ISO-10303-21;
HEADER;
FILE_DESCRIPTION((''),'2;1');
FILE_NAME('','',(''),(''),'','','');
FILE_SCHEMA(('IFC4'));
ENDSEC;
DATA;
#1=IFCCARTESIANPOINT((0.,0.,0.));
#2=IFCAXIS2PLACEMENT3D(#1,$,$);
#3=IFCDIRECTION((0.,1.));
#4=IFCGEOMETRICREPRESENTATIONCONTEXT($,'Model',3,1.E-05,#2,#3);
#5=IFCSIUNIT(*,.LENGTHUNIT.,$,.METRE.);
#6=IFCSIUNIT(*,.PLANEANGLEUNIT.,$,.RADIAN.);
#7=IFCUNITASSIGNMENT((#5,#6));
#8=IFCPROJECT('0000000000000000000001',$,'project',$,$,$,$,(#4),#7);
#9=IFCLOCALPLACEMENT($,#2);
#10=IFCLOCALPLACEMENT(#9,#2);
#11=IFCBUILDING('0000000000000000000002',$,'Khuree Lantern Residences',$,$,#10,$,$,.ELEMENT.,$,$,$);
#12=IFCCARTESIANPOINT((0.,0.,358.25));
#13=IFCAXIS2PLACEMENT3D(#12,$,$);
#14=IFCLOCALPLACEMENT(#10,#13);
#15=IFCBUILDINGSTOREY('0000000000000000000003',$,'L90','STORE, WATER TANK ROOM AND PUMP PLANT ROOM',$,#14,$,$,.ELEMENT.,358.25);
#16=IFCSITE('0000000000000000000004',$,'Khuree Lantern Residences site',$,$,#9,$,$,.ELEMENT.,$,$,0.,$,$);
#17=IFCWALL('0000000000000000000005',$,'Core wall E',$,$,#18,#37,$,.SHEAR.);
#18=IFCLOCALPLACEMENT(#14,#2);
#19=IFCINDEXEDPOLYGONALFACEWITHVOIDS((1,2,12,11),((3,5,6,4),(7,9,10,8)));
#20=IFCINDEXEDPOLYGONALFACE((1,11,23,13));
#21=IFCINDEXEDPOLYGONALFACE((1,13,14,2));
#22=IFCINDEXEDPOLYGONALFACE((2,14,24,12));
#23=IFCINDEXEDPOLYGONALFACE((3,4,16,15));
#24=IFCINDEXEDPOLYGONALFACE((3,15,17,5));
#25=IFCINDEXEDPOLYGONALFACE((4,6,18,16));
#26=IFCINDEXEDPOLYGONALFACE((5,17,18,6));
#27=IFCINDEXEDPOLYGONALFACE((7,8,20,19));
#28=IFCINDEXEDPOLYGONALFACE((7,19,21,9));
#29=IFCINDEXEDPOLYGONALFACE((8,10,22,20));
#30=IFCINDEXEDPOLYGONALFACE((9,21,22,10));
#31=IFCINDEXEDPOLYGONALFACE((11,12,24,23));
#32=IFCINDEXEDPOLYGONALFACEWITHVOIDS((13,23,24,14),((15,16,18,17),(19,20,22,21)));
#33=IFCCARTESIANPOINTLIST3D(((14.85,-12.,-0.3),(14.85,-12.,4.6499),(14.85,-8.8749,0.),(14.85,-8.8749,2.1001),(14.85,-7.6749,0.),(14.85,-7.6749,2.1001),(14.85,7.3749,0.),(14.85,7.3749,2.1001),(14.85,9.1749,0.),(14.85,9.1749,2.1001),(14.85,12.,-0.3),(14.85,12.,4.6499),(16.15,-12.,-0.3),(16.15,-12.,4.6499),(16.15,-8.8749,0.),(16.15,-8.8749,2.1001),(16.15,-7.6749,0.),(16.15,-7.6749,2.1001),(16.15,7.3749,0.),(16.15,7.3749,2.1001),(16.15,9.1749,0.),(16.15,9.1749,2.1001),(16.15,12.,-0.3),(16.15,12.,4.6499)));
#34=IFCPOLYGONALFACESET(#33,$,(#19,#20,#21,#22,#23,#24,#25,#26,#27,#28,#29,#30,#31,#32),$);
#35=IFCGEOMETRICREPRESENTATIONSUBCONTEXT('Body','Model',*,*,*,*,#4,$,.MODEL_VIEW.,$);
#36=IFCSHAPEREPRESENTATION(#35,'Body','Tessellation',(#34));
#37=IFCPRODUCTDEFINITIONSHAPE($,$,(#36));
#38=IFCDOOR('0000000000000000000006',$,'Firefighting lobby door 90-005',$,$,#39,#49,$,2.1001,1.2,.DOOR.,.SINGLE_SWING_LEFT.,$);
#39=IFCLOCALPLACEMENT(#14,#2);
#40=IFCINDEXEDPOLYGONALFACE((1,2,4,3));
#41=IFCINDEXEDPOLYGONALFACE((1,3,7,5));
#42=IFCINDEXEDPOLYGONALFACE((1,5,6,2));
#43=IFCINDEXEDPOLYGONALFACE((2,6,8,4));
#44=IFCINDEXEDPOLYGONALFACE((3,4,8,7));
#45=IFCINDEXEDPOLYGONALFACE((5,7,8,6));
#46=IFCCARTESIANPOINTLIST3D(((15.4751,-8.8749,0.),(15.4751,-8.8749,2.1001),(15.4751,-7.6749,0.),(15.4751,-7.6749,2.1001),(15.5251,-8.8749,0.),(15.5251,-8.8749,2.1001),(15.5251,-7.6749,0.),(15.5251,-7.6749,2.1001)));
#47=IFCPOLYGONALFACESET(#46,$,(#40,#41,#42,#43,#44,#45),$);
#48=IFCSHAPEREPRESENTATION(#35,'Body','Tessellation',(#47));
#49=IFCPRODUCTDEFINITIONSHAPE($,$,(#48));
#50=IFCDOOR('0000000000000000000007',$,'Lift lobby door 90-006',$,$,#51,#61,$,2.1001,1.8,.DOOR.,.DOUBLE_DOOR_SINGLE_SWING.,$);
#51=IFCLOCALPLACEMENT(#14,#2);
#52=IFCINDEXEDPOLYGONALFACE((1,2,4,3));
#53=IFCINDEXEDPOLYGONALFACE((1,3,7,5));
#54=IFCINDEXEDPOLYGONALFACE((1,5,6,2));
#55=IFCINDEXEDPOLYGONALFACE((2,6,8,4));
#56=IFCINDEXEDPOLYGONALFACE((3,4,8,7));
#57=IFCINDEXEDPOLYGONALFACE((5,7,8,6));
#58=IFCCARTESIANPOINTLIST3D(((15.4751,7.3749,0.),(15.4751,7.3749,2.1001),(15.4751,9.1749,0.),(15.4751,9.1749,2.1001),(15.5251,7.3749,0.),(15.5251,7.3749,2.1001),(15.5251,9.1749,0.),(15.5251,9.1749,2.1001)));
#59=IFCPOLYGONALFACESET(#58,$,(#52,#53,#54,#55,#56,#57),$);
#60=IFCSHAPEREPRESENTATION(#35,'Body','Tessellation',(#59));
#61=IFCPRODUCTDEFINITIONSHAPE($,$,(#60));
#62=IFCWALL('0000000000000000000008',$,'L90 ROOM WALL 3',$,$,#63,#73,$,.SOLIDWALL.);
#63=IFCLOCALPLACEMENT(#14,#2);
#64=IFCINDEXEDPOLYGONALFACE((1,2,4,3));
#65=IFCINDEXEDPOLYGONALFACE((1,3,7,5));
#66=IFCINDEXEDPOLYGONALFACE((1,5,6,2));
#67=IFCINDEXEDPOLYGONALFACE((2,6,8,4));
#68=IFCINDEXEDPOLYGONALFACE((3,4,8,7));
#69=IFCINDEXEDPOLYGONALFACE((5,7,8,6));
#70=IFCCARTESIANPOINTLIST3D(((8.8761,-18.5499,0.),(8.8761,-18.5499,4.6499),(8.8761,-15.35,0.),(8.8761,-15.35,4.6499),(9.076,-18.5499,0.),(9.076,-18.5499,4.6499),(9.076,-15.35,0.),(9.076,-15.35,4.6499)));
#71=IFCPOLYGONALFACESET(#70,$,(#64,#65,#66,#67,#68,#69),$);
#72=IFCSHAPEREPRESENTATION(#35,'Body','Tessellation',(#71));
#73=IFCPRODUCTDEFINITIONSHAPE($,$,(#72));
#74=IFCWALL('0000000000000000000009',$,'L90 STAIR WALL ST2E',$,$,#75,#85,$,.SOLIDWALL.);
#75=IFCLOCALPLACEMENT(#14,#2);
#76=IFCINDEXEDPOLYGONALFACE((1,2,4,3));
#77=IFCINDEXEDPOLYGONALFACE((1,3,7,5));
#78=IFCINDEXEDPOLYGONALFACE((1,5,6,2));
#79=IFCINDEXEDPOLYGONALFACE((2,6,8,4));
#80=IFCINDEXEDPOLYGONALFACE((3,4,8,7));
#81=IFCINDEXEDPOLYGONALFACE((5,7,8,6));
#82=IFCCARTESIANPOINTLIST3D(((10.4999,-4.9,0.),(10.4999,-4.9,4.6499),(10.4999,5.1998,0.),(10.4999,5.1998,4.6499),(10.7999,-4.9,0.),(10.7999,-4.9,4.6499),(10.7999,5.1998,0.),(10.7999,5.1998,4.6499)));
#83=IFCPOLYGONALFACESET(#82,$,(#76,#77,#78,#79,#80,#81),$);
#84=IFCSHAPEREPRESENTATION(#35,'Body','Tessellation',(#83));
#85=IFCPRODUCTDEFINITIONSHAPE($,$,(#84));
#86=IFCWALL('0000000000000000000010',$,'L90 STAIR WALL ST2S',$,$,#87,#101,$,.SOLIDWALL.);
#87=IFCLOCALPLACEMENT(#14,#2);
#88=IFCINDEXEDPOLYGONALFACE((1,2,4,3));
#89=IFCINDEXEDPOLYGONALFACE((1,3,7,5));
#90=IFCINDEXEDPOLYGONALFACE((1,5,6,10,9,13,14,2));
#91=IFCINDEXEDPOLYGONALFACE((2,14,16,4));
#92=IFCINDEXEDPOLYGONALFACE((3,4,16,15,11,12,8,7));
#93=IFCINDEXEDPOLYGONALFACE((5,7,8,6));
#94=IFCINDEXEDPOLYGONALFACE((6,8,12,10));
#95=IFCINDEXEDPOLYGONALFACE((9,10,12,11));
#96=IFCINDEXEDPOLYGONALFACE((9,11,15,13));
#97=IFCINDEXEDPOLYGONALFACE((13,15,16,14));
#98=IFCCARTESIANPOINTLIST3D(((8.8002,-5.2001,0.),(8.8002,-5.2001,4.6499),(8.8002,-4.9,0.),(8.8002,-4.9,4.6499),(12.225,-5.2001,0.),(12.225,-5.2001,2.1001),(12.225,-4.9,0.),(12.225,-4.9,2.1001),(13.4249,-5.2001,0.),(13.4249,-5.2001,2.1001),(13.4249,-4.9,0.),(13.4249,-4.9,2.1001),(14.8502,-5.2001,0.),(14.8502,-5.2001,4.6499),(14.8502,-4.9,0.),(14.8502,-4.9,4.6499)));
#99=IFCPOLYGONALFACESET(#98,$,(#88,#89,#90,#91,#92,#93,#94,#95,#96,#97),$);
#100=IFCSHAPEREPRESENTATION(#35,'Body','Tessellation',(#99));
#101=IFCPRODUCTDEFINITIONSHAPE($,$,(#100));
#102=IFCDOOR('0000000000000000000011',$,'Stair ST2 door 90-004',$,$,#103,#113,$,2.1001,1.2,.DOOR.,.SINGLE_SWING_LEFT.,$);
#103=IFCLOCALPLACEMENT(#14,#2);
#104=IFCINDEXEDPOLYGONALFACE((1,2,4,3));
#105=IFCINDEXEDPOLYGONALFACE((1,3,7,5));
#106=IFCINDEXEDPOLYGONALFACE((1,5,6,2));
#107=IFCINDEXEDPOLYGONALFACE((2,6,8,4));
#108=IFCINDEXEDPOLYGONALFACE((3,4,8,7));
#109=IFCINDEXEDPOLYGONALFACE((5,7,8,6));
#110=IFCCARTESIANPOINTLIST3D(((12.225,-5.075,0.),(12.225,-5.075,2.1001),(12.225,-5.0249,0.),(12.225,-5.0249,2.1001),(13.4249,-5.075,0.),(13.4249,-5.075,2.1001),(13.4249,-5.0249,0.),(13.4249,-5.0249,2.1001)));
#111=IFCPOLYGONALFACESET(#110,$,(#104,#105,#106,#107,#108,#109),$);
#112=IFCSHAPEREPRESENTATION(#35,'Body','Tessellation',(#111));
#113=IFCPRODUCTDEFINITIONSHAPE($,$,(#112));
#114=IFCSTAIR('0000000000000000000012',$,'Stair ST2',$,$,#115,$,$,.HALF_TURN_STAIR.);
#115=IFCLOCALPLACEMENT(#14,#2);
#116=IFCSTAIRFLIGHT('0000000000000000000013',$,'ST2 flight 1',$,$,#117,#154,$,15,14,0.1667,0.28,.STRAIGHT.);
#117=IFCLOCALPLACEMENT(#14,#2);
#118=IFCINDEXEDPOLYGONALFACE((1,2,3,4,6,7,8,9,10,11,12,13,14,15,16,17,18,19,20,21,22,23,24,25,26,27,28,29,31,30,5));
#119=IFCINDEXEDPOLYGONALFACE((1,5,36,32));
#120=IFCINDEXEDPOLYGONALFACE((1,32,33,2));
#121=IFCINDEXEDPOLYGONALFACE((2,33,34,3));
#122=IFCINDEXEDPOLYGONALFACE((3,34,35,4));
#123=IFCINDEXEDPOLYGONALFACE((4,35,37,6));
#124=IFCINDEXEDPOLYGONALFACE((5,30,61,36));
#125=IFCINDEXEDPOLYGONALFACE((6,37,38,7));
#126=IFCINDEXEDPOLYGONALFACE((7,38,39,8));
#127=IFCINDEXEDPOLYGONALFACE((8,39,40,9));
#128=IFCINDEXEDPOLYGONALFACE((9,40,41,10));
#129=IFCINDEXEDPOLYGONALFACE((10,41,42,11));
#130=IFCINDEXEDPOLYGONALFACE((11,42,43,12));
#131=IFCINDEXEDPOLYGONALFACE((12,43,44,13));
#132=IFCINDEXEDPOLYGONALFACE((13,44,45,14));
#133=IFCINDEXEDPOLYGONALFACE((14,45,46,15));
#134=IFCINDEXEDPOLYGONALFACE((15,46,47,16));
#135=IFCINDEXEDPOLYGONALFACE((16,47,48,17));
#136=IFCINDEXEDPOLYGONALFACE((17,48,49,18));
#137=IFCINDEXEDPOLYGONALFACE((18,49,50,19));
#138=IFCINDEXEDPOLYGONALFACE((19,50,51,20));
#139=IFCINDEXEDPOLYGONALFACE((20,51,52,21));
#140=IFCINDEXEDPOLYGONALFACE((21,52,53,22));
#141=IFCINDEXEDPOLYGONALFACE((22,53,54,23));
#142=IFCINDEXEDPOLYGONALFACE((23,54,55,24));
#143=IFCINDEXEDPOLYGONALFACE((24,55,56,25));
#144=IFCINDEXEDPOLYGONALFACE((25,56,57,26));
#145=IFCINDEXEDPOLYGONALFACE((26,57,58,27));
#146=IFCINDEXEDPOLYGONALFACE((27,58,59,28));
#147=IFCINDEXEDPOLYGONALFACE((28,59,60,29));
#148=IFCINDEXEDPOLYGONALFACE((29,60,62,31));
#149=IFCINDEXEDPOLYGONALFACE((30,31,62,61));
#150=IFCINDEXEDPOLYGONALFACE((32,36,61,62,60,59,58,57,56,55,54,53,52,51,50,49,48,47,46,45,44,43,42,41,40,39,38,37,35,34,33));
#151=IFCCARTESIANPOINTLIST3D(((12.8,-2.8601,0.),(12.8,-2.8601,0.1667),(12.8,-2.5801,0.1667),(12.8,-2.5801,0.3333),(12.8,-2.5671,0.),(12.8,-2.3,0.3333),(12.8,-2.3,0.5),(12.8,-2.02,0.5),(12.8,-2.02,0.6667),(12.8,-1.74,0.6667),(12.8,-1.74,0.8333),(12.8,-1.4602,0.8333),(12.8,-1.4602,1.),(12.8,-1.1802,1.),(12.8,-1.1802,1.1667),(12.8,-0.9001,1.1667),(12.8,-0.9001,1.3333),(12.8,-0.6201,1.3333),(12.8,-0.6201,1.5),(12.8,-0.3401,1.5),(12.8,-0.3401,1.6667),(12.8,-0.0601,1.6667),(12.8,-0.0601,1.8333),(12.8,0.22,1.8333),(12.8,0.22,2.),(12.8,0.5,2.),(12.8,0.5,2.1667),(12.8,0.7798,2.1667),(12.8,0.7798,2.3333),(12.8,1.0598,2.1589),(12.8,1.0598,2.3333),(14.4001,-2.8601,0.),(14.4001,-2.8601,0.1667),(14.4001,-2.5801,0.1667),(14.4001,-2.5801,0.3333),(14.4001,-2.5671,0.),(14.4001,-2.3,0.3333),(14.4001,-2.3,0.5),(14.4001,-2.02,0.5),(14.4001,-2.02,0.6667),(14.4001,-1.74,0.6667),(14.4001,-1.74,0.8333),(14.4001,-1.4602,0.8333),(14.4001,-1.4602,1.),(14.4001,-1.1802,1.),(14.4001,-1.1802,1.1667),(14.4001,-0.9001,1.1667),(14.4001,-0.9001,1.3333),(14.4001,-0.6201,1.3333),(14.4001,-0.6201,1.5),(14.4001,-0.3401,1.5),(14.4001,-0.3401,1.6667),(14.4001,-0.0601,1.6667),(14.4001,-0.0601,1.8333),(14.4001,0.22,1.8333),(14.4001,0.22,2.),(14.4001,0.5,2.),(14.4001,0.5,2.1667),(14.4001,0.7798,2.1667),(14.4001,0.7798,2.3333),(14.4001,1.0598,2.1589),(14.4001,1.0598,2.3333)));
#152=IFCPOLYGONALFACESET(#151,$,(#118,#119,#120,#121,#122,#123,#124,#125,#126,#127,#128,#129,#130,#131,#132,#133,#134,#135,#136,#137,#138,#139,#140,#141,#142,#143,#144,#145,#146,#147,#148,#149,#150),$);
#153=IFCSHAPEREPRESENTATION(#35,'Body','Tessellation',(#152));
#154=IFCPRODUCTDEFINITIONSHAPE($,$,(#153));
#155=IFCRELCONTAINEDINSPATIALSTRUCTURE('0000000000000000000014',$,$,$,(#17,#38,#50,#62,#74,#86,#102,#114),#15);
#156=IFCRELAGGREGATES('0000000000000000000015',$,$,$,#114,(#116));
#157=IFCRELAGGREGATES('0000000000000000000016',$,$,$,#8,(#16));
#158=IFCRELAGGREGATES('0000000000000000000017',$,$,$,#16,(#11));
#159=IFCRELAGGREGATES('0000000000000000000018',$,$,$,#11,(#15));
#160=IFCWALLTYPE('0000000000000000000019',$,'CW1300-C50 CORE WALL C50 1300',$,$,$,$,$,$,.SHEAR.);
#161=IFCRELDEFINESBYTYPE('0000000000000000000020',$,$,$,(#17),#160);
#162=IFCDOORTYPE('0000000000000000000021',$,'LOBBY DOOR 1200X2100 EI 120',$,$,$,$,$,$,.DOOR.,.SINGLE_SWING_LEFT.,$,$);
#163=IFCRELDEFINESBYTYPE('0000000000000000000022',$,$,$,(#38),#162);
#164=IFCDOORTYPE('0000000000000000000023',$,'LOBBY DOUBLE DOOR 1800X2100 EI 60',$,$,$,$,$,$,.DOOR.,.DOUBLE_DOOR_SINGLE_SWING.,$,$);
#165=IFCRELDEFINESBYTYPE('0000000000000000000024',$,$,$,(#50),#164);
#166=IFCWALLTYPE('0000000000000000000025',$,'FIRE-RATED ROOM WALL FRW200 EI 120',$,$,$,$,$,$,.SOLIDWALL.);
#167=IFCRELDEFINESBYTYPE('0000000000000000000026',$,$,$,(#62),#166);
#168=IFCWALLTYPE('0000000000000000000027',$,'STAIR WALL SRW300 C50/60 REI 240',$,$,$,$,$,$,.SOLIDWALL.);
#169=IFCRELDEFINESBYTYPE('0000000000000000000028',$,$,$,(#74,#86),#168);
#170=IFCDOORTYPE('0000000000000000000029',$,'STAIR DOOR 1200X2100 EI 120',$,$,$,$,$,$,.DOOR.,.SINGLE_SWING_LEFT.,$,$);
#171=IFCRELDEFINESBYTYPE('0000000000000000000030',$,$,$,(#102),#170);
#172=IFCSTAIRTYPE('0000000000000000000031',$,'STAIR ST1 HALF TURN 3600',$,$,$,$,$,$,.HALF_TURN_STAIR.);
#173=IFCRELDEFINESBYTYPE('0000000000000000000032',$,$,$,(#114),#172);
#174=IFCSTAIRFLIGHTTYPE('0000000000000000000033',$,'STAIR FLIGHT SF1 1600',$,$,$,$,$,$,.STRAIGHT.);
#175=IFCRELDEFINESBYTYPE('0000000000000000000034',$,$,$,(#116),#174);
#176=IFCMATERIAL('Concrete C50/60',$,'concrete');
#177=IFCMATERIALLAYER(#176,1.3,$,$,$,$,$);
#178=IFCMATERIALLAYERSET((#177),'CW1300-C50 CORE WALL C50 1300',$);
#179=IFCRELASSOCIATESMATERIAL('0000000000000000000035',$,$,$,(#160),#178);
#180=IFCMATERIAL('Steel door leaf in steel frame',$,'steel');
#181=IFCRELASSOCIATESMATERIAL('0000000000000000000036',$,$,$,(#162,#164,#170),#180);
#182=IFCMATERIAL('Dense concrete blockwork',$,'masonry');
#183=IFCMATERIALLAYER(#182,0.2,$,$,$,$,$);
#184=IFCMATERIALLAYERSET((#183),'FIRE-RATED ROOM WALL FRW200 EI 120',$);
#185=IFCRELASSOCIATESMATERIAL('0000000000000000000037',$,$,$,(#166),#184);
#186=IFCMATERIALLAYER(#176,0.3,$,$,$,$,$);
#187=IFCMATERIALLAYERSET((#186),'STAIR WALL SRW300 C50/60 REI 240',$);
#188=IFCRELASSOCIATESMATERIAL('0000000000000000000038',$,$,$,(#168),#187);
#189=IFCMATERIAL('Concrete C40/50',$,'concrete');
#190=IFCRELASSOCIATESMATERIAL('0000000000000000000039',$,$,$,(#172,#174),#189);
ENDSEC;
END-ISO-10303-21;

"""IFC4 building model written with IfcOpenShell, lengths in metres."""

from ifc_helpers import new_model, si_unit, direction, frame, frame_2d, origin, place, context, subcontext, project, spatial, polyline, rectangle, outline, extrude, material, layer, layer_set, type_object, element, fill, aggregate, save


model = new_model("IFC4")

# Units and contexts
model_context = context("Model", 3, precision=1e-05, world=origin(), true_north=direction((0.0, 1.0)))
body_context = subcontext(model_context, "Body", "Model", "MODEL_VIEW")
ifc_project = project(units=[si_unit("LENGTHUNIT", "METRE"), si_unit("PLANEANGLEUNIT", "RADIAN")], contexts=[model_context])

# Site, building, storey
site_placement = place(None, origin())
site = spatial("IfcSite", under=ifc_project, at=site_placement, Name="Khuree Lantern Residences site", CompositionType="ELEMENT", RefElevation=0.0)
building_placement = place(site_placement, origin())
building = spatial("IfcBuilding", under=site, at=building_placement, Name="Khuree Lantern Residences", CompositionType="ELEMENT")
storey_placement = place(building_placement, frame((0.0, 0.0, 358.25)))
storey = spatial("IfcBuildingStorey", under=building, at=storey_placement, Name="L90", Description="STORE, WATER TANK ROOM AND PUMP PLANT ROOM", CompositionType="ELEMENT", Elevation=358.25)

# Shared definitions
ifc_material_1 = material(Name="Concrete C50/60", Category="concrete")

# Shared definitions
ifc_material_2 = material(Name="Dense concrete blockwork", Category="masonry")

# Wall, openings, doors
ifc_layer_1 = layer(ifc_material_1, 1.3)
ifc_layer_set_1 = layer_set([ifc_layer_1], Name="CW1300-C50 CORE WALL C50 1300")
wall_type_1 = type_object("IfcWallType", Name="CW1300-C50 CORE WALL C50 1300", PredefinedType="SHEAR", material=ifc_layer_set_1)
wall_1_placement = place(storey_placement, frame((15.5, -12.0, -0.3), z_axis=(0.0, 0.0, 1.0), x_axis=(0.0, 1.0, 0.0)))
wall_1 = element("IfcWall", 1, at=wall_1_placement, inside=storey, type_object=wall_type_1, Name="Core wall E", PredefinedType="SHEAR", context=body_context, shape_type="SweptSolid", body=[
    extrude(rectangle(XDim=24.0, YDim=1.3, at=frame_2d((12.0, 0.0))), origin(), (0.0, 0.0, 1.0), 4.95),
])
opening_1_placement = place(wall_1_placement, frame((3.125, 0.0, 0.3)))
opening_1 = element("IfcOpeningElement", 2, at=opening_1_placement, cuts=wall_1, PredefinedType="OPENING", context=body_context, shape_type="SweptSolid", body=[
    extrude(rectangle(XDim=1.2, YDim=2.1001, at=frame_2d((0.6001, 1.05))), frame((0.0, 0.6602, 0.0), z_axis=(0.0, -1.0, 0.0), x_axis=(1.0, 0.0, 0.0)), (0.0, 0.0, 1.0), 1.3201),
])
opening_2_placement = place(wall_1_placement, frame((19.375, 0.0, 0.3)))
opening_2 = element("IfcOpeningElement", 3, at=opening_2_placement, cuts=wall_1, PredefinedType="OPENING", context=body_context, shape_type="SweptSolid", body=[
    extrude(rectangle(XDim=1.8, YDim=2.1001, at=frame_2d((0.8999, 1.05))), frame((0.0, 0.6602, 0.0), z_axis=(0.0, -1.0, 0.0), x_axis=(1.0, 0.0, 0.0)), (0.0, 0.0, 1.0), 1.3201),
])
ifc_material_3 = material(Name="Steel door leaf in steel frame", Category="steel")
door_type_1 = type_object("IfcDoorType", Name="LOBBY DOOR 1200X2100 EI 120", OperationType="SINGLE_SWING_LEFT", PredefinedType="DOOR", material=ifc_material_3)
door_1_placement = place(opening_1_placement, origin())
door_1 = element("IfcDoor", 4, at=door_1_placement, inside=storey, type_object=door_type_1, Name="Firefighting lobby door 90-005", OperationType="SINGLE_SWING_LEFT", OverallHeight=2.1001, OverallWidth=1.2, PredefinedType="DOOR", context=body_context, shape_type="SweptSolid", body=[
    extrude(rectangle(XDim=1.2, YDim=2.1001, at=frame_2d((0.6001, 1.05))), frame((0.0, 0.0249, 0.0), z_axis=(0.0, -1.0, 0.0), x_axis=(1.0, 0.0, 0.0)), (0.0, 0.0, 1.0), 0.05),
])
fill(opening_1, door_1)
door_type_2 = type_object("IfcDoorType", Name="LOBBY DOUBLE DOOR 1800X2100 EI 60", OperationType="DOUBLE_DOOR_SINGLE_SWING", PredefinedType="DOOR", material=ifc_material_3)
door_2_placement = place(opening_2_placement, origin())
door_2 = element("IfcDoor", 5, at=door_2_placement, inside=storey, type_object=door_type_2, Name="Lift lobby door 90-006", OperationType="DOUBLE_DOOR_SINGLE_SWING", OverallHeight=2.1001, OverallWidth=1.8, PredefinedType="DOOR", context=body_context, shape_type="SweptSolid", body=[
    extrude(rectangle(XDim=1.8, YDim=2.1001, at=frame_2d((0.8999, 1.05))), frame((0.0, 0.0249, 0.0), z_axis=(0.0, -1.0, 0.0), x_axis=(1.0, 0.0, 0.0)), (0.0, 0.0, 1.0), 0.05),
])
fill(opening_2, door_2)

# Walls
ifc_layer_2 = layer(ifc_material_2, 0.2)
ifc_layer_set_2 = layer_set([ifc_layer_2], Name="FIRE-RATED ROOM WALL FRW200 EI 120")
wall_type_2 = type_object("IfcWallType", Name="FIRE-RATED ROOM WALL FRW200 EI 120", PredefinedType="SOLIDWALL", material=ifc_layer_set_2)
wall_2_placement = place(storey_placement, frame((8.9761, -18.55, 0.0), z_axis=(0.0, 0.0, 1.0), x_axis=(0.0, 1.0, 0.0)))
element("IfcWall", 6, at=wall_2_placement, inside=storey, type_object=wall_type_2, Name="L90 ROOM WALL 3", PredefinedType="SOLIDWALL", context=body_context, shape_type="SweptSolid", body=[
    extrude(rectangle(XDim=3.2, YDim=0.2, at=frame_2d((1.6001, 0.0))), origin(), (0.0, 0.0, 1.0), 4.6499),
])
ifc_layer_3 = layer(ifc_material_1, 0.3)
ifc_layer_set_3 = layer_set([ifc_layer_3], Name="STAIR WALL SRW300 C50/60 REI 240")
wall_type_3 = type_object("IfcWallType", Name="STAIR WALL SRW300 C50/60 REI 240", PredefinedType="SOLIDWALL", material=ifc_layer_set_3)
wall_3_placement = place(storey_placement, frame((10.6499, -4.8999, 0.0), z_axis=(0.0, 0.0, 1.0), x_axis=(0.0, 1.0, 0.0)))
element("IfcWall", 7, at=wall_3_placement, inside=storey, type_object=wall_type_3, Name="L90 STAIR WALL ST2E", PredefinedType="SOLIDWALL", context=body_context, shape_type="SweptSolid", body=[
    extrude(rectangle(XDim=10.0999, YDim=0.3, at=frame_2d((5.0498, 0.0))), origin(), (0.0, 0.0, 1.0), 4.6499),
])

# Wall, opening, door
wall_4_placement = place(storey_placement, frame((14.8501, -5.05, 0.0), z_axis=(0.0, 0.0, 1.0), x_axis=(-1.0, 0.0, 0.0)))
wall_4 = element("IfcWall", 8, at=wall_4_placement, inside=storey, type_object=wall_type_3, Name="L90 STAIR WALL ST2S", PredefinedType="SOLIDWALL", context=body_context, shape_type="SweptSolid", body=[
    extrude(rectangle(XDim=6.05, YDim=0.3, at=frame_2d((3.0249, 0.0))), origin(), (0.0, 0.0, 1.0), 4.6499),
])
opening_3_placement = place(wall_4_placement, frame((1.425, 0.0, 0.0)))
opening_3 = element("IfcOpeningElement", 9, at=opening_3_placement, cuts=wall_4, PredefinedType="OPENING", context=body_context, shape_type="SweptSolid", body=[
    extrude(rectangle(XDim=1.2, YDim=2.1001, at=frame_2d((0.6001, 1.05))), frame((0.0, 0.1602, 0.0), z_axis=(0.0, -1.0, 0.0), x_axis=(1.0, 0.0, 0.0)), (0.0, 0.0, 1.0), 0.3201),
])
door_type_3 = type_object("IfcDoorType", Name="STAIR DOOR 1200X2100 EI 120", OperationType="SINGLE_SWING_LEFT", PredefinedType="DOOR", material=ifc_material_3)
door_3_placement = place(opening_3_placement, origin())
door_3 = element("IfcDoor", 10, at=door_3_placement, inside=storey, type_object=door_type_3, Name="Stair ST2 door 90-004", OperationType="SINGLE_SWING_LEFT", OverallHeight=2.1001, OverallWidth=1.2, PredefinedType="DOOR", context=body_context, shape_type="SweptSolid", body=[
    extrude(rectangle(XDim=1.2, YDim=2.1001, at=frame_2d((0.6001, 1.05))), frame((0.0, 0.0249, 0.0), z_axis=(0.0, -1.0, 0.0), x_axis=(1.0, 0.0, 0.0)), (0.0, 0.0, 1.0), 0.05),
])
fill(opening_3, door_3)

# Stair, stair flight
ifc_material_4 = material(Name="Concrete C40/50", Category="concrete")
stair_type = type_object("IfcStairType", Name="STAIR ST1 HALF TURN 3600", PredefinedType="HALF_TURN_STAIR", material=ifc_material_4)
stair_placement = place(storey_placement, origin())
stair = element("IfcStair", 11, at=stair_placement, inside=storey, type_object=stair_type, Name="Stair ST2", PredefinedType="HALF_TURN_STAIR")
stair_flight_type = type_object("IfcStairFlightType", Name="STAIR FLIGHT SF1 1600", PredefinedType="STRAIGHT", material=ifc_material_4)
stair_flight_placement = place(storey_placement, frame((13.6001, -2.8601, 0.0), z_axis=(0.0, 0.0, 1.0), x_axis=(0.0, 1.0, 0.0)))
stair_flight = element("IfcStairFlight", 12, at=stair_flight_placement, type_object=stair_flight_type, Name="ST2 flight 1", NumberOfRisers=15, NumberOfTreads=14, PredefinedType="STRAIGHT", RiserHeight=0.1667, TreadLength=0.28, context=body_context, shape_type="SweptSolid", body=[
    extrude(outline(polyline([(0.0, 0.0), (0.0, 0.1667), (0.28, 0.1667), (0.28, 0.3333), (0.5601, 0.3333), (0.5601, 0.5), (0.8401, 0.5), (0.8401, 0.6667), (1.1201, 0.6667), (1.1201, 0.8333), (1.3999, 0.8333), (1.3999, 1.0), (1.6799, 1.0), (1.6799, 1.1667), (1.96, 1.1667), (1.96, 1.3333), (2.24, 1.3333), (2.24, 1.5), (2.52, 1.5), (2.52, 1.6667), (2.8, 1.6667), (2.8, 1.8333), (3.0801, 1.8333), (3.0801, 2.0), (3.3601, 2.0), (3.3601, 2.1667), (3.6399, 2.1667), (3.6399, 2.3333), (3.9199, 2.3333), (3.9199, 2.5), (3.9199, 2.1589), (0.293, 0.0), (0.0, 0.0)])), frame((0.0, 0.8, 0.0), z_axis=(0.0, -1.0, 0.0), x_axis=(1.0, 0.0, 0.0)), (0.0, 0.0, 1.0), 1.6001),
])
aggregate(stair, [stair_flight])

save(model, "model.ifc")
